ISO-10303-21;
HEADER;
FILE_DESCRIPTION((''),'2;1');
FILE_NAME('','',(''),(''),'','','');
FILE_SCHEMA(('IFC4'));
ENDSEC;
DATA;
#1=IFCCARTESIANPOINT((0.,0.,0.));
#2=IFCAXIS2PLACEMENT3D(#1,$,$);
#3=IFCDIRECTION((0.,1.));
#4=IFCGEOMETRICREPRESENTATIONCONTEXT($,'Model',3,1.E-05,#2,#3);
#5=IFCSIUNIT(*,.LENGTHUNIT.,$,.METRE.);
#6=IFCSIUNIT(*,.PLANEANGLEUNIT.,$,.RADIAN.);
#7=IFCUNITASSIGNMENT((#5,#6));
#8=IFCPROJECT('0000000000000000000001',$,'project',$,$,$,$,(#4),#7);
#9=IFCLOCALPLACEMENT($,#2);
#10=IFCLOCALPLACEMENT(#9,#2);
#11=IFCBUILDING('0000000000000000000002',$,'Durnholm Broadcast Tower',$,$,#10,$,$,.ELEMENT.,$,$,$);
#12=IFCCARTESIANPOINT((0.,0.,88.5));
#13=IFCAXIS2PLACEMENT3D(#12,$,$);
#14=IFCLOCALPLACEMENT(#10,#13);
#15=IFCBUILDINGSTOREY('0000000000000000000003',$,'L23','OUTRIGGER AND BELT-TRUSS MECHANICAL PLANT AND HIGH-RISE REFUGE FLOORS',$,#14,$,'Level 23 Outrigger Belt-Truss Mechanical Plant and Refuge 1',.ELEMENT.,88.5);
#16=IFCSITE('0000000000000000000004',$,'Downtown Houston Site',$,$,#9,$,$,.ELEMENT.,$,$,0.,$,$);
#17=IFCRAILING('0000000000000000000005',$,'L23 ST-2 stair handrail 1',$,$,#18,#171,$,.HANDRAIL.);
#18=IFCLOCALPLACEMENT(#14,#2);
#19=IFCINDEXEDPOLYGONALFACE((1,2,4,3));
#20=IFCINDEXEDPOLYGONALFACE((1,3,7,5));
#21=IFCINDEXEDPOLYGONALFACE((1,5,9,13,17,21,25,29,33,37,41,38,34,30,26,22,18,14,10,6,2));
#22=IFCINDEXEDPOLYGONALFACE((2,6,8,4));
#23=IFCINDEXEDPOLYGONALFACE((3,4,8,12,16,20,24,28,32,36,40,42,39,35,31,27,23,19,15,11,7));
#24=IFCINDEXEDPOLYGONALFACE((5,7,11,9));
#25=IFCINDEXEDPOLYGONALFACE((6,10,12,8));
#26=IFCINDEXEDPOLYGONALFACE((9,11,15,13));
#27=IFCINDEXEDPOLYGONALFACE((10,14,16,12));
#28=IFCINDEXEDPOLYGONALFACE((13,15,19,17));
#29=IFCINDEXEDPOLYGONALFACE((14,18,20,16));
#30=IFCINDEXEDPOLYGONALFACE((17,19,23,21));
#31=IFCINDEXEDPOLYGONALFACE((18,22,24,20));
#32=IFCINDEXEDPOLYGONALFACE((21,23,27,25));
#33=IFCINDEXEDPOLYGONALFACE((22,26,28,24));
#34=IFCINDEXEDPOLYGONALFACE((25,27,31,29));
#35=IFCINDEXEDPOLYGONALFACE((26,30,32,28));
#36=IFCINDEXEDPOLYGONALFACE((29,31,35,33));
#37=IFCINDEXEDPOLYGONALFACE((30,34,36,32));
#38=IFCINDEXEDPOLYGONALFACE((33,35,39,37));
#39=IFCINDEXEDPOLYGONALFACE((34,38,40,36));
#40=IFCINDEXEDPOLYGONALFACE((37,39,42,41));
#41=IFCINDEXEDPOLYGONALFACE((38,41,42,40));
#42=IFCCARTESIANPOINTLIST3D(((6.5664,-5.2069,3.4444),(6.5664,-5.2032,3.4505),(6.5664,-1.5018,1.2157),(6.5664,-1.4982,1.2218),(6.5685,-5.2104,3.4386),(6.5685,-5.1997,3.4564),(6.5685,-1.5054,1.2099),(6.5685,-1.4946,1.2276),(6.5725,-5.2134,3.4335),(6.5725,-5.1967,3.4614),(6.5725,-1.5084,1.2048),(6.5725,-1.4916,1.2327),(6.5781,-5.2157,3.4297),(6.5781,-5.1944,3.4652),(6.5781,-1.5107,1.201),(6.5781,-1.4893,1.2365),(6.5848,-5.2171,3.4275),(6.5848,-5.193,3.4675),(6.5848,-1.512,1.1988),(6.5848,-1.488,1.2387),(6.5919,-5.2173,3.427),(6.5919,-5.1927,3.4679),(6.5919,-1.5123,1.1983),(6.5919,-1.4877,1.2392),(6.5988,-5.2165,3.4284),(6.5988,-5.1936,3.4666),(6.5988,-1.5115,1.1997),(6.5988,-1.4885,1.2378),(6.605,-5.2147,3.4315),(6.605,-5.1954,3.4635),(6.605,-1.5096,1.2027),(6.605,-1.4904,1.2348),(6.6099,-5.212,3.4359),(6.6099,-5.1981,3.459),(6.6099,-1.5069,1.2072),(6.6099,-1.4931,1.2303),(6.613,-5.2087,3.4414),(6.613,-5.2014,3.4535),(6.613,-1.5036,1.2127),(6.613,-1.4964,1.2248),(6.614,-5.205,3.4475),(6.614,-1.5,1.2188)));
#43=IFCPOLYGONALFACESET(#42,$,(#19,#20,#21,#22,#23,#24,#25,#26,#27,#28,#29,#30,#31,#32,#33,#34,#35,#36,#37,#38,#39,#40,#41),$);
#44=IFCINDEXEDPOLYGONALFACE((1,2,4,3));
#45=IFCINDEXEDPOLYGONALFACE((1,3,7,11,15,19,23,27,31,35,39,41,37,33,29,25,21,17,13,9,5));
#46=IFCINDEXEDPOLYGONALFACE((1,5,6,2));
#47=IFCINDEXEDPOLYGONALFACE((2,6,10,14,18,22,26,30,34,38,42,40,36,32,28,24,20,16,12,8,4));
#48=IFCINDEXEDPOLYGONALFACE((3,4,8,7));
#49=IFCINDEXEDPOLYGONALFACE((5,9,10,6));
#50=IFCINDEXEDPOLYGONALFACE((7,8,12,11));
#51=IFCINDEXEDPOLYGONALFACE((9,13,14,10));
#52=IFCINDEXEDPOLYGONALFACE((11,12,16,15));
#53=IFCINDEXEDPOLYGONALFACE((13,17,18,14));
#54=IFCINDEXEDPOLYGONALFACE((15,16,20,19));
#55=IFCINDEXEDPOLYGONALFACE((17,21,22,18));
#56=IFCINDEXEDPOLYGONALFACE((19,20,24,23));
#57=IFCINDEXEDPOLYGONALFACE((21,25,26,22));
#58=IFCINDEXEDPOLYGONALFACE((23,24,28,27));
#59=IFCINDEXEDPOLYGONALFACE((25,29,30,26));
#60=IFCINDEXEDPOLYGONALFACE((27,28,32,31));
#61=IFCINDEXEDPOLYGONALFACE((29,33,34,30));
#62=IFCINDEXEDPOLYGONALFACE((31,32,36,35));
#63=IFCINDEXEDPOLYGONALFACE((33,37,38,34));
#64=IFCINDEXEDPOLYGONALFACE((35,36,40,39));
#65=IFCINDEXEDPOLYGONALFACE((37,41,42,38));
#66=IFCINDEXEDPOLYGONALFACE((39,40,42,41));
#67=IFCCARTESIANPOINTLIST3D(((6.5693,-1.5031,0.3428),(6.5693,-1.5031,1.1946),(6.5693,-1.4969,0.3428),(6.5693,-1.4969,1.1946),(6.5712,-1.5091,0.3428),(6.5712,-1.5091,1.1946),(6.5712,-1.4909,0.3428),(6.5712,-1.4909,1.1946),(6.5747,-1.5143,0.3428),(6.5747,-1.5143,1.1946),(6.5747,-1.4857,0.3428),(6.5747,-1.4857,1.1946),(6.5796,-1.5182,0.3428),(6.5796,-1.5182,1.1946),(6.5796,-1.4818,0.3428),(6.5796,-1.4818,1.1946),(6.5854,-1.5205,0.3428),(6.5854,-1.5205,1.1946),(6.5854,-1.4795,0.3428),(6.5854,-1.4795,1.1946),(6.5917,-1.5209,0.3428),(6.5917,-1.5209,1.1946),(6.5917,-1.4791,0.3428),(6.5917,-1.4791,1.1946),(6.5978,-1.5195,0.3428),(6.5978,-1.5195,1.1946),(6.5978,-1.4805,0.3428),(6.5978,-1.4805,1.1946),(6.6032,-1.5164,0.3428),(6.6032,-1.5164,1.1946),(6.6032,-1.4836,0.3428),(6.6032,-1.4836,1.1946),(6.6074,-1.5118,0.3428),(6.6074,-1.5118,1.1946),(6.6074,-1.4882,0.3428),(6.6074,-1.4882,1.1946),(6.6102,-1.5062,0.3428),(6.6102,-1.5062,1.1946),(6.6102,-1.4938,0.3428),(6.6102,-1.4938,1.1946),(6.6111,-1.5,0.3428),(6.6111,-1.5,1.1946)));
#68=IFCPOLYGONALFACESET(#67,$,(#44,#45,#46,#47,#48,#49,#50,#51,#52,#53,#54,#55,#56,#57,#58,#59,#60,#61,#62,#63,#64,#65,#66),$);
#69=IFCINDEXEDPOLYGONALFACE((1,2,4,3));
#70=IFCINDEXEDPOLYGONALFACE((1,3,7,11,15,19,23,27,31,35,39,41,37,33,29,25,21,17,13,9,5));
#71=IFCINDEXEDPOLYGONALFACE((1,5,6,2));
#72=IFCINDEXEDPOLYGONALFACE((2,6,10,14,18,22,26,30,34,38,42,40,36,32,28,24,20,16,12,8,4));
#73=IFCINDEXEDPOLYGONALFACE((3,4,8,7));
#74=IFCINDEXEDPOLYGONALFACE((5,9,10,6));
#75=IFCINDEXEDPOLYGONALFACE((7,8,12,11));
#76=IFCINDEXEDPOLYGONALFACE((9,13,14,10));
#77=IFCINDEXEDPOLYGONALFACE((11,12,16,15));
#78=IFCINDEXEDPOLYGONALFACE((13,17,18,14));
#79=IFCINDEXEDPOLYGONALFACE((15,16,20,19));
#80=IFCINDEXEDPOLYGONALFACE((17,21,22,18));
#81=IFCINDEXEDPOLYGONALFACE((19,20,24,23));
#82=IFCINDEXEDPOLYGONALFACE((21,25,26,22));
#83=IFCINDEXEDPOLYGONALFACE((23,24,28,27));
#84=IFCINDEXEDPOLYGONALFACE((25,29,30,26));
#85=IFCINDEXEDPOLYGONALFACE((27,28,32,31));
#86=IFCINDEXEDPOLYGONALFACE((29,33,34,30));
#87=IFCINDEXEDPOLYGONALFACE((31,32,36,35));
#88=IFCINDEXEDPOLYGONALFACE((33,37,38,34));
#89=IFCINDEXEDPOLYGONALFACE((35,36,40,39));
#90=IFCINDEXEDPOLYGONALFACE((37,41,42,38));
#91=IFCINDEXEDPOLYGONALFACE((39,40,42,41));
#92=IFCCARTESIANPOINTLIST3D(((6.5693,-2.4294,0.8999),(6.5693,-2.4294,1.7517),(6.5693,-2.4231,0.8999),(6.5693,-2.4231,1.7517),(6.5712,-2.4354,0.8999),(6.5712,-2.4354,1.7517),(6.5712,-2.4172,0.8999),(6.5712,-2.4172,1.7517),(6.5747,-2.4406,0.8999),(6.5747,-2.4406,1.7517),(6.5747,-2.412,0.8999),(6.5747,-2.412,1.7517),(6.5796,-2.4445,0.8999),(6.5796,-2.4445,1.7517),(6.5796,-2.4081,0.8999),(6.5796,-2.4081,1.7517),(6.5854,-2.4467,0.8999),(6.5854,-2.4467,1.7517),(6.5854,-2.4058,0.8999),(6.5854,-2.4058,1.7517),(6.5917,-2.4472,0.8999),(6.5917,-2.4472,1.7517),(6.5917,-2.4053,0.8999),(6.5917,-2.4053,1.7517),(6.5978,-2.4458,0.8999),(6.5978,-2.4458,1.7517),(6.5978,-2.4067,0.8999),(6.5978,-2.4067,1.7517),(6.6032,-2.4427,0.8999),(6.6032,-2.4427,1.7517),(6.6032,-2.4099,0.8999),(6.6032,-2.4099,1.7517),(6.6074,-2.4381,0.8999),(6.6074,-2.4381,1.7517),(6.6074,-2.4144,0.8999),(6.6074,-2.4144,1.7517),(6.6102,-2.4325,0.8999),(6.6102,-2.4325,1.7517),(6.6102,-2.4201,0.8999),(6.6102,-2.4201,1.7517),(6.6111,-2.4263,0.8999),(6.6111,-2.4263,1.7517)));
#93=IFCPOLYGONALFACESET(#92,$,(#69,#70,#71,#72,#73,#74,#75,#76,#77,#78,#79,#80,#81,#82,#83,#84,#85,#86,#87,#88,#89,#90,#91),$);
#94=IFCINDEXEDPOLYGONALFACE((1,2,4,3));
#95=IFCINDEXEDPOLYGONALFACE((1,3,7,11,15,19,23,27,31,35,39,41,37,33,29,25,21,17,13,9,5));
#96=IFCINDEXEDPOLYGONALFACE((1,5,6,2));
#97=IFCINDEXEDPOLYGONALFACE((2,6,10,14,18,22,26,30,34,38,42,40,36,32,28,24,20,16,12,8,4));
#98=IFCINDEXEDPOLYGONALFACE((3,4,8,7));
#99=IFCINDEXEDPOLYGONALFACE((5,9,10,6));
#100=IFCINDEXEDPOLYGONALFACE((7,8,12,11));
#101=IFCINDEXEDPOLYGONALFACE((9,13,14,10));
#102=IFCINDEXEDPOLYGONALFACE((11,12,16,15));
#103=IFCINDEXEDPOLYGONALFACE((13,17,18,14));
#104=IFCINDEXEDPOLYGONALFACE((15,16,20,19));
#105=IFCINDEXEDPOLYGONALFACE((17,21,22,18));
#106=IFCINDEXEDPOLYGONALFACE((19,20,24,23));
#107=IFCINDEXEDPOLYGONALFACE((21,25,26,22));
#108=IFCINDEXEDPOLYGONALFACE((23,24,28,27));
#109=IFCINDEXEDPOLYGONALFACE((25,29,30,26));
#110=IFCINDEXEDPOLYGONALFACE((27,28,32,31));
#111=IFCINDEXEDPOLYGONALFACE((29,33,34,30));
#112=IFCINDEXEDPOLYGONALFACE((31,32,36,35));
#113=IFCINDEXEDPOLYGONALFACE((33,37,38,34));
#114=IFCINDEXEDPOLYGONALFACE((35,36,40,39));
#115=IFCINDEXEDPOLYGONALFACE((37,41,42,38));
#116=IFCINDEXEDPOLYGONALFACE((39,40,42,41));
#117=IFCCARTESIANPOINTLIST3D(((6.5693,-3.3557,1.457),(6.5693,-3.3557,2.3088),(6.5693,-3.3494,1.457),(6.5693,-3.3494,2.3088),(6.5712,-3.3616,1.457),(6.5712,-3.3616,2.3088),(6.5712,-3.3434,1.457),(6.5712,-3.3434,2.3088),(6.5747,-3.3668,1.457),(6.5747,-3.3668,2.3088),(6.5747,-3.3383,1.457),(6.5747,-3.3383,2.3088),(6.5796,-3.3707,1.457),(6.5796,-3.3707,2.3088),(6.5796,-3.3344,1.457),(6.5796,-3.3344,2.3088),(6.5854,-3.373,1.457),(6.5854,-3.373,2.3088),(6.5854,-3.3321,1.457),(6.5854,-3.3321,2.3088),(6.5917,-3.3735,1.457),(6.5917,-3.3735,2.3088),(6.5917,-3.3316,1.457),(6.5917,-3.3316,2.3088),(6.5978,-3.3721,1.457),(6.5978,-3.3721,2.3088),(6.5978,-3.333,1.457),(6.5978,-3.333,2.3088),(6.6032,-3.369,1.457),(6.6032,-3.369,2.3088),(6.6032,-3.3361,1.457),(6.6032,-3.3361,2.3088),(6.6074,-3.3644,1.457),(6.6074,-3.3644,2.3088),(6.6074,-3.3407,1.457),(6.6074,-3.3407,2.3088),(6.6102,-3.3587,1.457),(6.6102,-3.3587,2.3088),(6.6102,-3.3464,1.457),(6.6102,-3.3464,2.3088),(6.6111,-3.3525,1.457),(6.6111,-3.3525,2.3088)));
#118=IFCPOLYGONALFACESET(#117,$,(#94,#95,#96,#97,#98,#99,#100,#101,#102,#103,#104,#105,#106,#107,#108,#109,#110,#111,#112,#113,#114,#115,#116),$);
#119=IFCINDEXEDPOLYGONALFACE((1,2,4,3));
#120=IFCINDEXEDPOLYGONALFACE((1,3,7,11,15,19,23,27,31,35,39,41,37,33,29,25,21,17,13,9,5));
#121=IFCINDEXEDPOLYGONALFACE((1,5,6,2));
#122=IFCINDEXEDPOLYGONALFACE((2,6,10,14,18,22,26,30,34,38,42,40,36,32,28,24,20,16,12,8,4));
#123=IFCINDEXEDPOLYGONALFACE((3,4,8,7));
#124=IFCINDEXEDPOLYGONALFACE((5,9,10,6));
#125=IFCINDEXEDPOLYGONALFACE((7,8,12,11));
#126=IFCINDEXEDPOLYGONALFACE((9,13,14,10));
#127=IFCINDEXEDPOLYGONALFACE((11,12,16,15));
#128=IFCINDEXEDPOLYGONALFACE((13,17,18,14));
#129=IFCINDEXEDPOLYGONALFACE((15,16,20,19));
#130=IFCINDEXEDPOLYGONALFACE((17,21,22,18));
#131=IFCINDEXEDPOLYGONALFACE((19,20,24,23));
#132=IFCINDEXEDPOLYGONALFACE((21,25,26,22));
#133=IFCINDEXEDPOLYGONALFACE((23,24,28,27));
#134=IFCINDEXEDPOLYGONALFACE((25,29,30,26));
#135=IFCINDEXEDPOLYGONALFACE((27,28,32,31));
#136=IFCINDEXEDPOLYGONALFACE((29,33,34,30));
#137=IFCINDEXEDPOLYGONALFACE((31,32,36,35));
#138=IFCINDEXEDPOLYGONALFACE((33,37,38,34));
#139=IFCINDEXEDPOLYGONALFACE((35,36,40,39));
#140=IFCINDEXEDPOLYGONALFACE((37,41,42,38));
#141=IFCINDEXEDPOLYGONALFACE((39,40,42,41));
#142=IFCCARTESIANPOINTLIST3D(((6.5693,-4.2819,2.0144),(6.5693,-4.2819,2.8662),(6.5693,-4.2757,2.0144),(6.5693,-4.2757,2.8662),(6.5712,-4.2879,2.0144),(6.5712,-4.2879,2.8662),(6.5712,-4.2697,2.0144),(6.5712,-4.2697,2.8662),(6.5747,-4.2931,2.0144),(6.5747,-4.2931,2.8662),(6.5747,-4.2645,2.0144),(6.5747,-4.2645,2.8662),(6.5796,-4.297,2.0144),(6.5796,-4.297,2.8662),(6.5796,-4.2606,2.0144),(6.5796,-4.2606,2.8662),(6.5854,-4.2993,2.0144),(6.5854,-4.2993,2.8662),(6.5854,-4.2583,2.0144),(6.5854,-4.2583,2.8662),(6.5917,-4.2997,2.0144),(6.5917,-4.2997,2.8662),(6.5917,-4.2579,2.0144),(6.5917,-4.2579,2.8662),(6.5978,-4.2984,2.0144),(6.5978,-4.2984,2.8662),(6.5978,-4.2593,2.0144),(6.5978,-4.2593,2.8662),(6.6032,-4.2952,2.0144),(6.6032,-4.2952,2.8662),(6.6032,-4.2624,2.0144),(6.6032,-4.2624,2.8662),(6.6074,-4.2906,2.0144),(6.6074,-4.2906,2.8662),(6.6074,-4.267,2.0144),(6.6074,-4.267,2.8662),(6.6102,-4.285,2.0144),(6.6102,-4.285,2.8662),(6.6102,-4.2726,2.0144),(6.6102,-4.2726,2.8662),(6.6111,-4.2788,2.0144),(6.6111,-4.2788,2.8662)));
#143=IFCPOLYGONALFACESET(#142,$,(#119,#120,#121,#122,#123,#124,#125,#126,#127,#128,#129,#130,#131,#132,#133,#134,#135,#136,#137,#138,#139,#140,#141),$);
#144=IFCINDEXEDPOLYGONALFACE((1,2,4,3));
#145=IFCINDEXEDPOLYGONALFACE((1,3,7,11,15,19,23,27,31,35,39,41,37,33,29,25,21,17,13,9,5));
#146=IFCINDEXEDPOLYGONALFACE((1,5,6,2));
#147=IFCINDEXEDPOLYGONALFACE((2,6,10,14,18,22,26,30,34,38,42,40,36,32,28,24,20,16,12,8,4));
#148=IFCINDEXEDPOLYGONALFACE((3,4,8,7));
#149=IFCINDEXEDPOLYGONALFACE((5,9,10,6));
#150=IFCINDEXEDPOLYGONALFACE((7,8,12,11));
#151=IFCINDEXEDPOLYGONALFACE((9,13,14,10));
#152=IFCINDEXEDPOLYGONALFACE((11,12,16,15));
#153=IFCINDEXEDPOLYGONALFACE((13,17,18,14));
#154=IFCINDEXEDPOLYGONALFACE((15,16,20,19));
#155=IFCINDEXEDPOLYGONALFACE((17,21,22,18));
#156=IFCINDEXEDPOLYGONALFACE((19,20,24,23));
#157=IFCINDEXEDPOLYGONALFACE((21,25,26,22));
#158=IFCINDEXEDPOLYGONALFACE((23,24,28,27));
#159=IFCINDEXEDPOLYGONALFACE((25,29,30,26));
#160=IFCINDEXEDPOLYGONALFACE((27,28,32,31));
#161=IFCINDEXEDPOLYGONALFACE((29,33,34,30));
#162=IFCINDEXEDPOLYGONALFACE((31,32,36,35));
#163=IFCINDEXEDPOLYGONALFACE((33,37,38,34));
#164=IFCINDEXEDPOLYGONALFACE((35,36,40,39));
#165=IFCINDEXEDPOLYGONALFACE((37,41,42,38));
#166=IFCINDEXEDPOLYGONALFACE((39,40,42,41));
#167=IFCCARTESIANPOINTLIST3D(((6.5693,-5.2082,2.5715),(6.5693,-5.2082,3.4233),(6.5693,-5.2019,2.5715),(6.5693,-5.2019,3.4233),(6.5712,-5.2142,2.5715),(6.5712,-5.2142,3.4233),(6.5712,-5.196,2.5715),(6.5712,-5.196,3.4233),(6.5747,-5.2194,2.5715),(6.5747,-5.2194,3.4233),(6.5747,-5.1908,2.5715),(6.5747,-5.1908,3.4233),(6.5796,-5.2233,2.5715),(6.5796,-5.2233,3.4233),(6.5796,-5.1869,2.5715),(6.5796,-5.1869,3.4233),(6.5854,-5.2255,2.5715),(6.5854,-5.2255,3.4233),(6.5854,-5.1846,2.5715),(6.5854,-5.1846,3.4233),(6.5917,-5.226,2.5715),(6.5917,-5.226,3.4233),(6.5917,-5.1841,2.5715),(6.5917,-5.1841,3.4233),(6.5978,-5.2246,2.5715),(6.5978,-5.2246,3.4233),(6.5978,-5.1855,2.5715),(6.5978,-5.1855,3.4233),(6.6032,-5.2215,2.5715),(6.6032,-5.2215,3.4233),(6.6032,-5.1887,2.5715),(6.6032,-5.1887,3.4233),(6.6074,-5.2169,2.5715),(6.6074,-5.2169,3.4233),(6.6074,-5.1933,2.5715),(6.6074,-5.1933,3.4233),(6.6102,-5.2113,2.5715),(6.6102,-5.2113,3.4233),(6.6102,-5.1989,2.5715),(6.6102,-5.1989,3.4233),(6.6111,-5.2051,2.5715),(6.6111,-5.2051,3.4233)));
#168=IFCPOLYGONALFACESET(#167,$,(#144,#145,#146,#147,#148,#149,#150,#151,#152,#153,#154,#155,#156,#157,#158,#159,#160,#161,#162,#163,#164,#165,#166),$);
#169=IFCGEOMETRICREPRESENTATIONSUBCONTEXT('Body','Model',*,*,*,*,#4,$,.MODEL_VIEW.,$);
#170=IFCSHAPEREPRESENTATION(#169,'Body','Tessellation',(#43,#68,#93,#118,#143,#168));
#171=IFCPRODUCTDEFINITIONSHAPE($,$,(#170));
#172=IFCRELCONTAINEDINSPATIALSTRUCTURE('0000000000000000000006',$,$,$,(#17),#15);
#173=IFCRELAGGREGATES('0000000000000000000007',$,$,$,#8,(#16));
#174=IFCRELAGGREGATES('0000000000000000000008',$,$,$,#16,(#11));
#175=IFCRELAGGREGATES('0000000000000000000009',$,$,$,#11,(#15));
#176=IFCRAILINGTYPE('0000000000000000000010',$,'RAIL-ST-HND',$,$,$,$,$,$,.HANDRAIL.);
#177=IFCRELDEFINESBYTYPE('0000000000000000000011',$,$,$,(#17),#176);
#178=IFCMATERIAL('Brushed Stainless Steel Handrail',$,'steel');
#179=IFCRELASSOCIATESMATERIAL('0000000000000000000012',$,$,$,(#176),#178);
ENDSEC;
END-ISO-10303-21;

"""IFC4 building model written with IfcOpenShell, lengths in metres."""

from ifc_helpers import new_model, si_unit, direction, frame, origin, origin_2d, place, context, subcontext, project, spatial, circle, extrude, material, type_object, element, save


model = new_model("IFC4")

# Units and contexts
model_context = context("Model", 3, precision=1e-05, world=origin(), true_north=direction((0.0, 1.0)))
body_context = subcontext(model_context, "Body", "Model", "MODEL_VIEW")
ifc_project = project(units=[si_unit("LENGTHUNIT", "METRE"), si_unit("PLANEANGLEUNIT", "RADIAN")], contexts=[model_context])

# Site, building, storey
site_placement = place(None, origin())
site = spatial("IfcSite", under=ifc_project, at=site_placement, Name="Downtown Houston Site", CompositionType="ELEMENT", RefElevation=0.0)
building_placement = place(site_placement, origin())
building = spatial("IfcBuilding", under=site, at=building_placement, Name="Durnholm Broadcast Tower", CompositionType="ELEMENT")
storey_placement = place(building_placement, frame((0.0, 0.0, 88.5)))
storey = spatial("IfcBuildingStorey", under=building, at=storey_placement, Name="L23", Description="OUTRIGGER AND BELT-TRUSS MECHANICAL PLANT AND HIGH-RISE REFUGE FLOORS", LongName="Level 23 Outrigger Belt-Truss Mechanical Plant and Refuge 1", CompositionType="ELEMENT", Elevation=88.5)

# Railing
ifc_material_1 = material(Name="Brushed Stainless Steel Handrail", Category="steel")
railing_type_1 = type_object("IfcRailingType", Name="RAIL-ST-HND", PredefinedType="HANDRAIL", material=ifc_material_1)
railing_1_placement = place(storey_placement, frame((6.5901, -1.5, 0.3428)))
element("IfcRailing", 1, at=railing_1_placement, inside=storey, type_object=railing_type_1, Name="L23 ST-2 stair handrail 1", PredefinedType="HANDRAIL", context=body_context, shape_type="SweptSolid", body=[
    extrude(circle(Radius=0.0239, at=origin_2d()), frame((0.0, 0.0, 0.876), z_axis=(0.0, -0.856909, 0.515467), x_axis=(1.0, 0.0, 0.0)), (0.0, 0.0, 1.0), 4.3237),
    extrude(circle(Radius=0.021, at=origin_2d()), origin(), (0.0, 0.0, 1.0), 0.8518),
    extrude(circle(Radius=0.021, at=origin_2d()), frame((0.0, -0.9263, 0.5571)), (0.0, 0.0, 1.0), 0.8518),
    extrude(circle(Radius=0.021, at=origin_2d()), frame((0.0, -1.8525, 1.1143)), (0.0, 0.0, 1.0), 0.8518),
    extrude(circle(Radius=0.021, at=origin_2d()), frame((0.0, -2.7788, 1.6716)), (0.0, 0.0, 1.0), 0.8518),
    extrude(circle(Radius=0.021, at=origin_2d()), frame((0.0, -3.7051, 2.2288)), (0.0, 0.0, 1.0), 0.8518),
])

save(model, "model.ifc")
